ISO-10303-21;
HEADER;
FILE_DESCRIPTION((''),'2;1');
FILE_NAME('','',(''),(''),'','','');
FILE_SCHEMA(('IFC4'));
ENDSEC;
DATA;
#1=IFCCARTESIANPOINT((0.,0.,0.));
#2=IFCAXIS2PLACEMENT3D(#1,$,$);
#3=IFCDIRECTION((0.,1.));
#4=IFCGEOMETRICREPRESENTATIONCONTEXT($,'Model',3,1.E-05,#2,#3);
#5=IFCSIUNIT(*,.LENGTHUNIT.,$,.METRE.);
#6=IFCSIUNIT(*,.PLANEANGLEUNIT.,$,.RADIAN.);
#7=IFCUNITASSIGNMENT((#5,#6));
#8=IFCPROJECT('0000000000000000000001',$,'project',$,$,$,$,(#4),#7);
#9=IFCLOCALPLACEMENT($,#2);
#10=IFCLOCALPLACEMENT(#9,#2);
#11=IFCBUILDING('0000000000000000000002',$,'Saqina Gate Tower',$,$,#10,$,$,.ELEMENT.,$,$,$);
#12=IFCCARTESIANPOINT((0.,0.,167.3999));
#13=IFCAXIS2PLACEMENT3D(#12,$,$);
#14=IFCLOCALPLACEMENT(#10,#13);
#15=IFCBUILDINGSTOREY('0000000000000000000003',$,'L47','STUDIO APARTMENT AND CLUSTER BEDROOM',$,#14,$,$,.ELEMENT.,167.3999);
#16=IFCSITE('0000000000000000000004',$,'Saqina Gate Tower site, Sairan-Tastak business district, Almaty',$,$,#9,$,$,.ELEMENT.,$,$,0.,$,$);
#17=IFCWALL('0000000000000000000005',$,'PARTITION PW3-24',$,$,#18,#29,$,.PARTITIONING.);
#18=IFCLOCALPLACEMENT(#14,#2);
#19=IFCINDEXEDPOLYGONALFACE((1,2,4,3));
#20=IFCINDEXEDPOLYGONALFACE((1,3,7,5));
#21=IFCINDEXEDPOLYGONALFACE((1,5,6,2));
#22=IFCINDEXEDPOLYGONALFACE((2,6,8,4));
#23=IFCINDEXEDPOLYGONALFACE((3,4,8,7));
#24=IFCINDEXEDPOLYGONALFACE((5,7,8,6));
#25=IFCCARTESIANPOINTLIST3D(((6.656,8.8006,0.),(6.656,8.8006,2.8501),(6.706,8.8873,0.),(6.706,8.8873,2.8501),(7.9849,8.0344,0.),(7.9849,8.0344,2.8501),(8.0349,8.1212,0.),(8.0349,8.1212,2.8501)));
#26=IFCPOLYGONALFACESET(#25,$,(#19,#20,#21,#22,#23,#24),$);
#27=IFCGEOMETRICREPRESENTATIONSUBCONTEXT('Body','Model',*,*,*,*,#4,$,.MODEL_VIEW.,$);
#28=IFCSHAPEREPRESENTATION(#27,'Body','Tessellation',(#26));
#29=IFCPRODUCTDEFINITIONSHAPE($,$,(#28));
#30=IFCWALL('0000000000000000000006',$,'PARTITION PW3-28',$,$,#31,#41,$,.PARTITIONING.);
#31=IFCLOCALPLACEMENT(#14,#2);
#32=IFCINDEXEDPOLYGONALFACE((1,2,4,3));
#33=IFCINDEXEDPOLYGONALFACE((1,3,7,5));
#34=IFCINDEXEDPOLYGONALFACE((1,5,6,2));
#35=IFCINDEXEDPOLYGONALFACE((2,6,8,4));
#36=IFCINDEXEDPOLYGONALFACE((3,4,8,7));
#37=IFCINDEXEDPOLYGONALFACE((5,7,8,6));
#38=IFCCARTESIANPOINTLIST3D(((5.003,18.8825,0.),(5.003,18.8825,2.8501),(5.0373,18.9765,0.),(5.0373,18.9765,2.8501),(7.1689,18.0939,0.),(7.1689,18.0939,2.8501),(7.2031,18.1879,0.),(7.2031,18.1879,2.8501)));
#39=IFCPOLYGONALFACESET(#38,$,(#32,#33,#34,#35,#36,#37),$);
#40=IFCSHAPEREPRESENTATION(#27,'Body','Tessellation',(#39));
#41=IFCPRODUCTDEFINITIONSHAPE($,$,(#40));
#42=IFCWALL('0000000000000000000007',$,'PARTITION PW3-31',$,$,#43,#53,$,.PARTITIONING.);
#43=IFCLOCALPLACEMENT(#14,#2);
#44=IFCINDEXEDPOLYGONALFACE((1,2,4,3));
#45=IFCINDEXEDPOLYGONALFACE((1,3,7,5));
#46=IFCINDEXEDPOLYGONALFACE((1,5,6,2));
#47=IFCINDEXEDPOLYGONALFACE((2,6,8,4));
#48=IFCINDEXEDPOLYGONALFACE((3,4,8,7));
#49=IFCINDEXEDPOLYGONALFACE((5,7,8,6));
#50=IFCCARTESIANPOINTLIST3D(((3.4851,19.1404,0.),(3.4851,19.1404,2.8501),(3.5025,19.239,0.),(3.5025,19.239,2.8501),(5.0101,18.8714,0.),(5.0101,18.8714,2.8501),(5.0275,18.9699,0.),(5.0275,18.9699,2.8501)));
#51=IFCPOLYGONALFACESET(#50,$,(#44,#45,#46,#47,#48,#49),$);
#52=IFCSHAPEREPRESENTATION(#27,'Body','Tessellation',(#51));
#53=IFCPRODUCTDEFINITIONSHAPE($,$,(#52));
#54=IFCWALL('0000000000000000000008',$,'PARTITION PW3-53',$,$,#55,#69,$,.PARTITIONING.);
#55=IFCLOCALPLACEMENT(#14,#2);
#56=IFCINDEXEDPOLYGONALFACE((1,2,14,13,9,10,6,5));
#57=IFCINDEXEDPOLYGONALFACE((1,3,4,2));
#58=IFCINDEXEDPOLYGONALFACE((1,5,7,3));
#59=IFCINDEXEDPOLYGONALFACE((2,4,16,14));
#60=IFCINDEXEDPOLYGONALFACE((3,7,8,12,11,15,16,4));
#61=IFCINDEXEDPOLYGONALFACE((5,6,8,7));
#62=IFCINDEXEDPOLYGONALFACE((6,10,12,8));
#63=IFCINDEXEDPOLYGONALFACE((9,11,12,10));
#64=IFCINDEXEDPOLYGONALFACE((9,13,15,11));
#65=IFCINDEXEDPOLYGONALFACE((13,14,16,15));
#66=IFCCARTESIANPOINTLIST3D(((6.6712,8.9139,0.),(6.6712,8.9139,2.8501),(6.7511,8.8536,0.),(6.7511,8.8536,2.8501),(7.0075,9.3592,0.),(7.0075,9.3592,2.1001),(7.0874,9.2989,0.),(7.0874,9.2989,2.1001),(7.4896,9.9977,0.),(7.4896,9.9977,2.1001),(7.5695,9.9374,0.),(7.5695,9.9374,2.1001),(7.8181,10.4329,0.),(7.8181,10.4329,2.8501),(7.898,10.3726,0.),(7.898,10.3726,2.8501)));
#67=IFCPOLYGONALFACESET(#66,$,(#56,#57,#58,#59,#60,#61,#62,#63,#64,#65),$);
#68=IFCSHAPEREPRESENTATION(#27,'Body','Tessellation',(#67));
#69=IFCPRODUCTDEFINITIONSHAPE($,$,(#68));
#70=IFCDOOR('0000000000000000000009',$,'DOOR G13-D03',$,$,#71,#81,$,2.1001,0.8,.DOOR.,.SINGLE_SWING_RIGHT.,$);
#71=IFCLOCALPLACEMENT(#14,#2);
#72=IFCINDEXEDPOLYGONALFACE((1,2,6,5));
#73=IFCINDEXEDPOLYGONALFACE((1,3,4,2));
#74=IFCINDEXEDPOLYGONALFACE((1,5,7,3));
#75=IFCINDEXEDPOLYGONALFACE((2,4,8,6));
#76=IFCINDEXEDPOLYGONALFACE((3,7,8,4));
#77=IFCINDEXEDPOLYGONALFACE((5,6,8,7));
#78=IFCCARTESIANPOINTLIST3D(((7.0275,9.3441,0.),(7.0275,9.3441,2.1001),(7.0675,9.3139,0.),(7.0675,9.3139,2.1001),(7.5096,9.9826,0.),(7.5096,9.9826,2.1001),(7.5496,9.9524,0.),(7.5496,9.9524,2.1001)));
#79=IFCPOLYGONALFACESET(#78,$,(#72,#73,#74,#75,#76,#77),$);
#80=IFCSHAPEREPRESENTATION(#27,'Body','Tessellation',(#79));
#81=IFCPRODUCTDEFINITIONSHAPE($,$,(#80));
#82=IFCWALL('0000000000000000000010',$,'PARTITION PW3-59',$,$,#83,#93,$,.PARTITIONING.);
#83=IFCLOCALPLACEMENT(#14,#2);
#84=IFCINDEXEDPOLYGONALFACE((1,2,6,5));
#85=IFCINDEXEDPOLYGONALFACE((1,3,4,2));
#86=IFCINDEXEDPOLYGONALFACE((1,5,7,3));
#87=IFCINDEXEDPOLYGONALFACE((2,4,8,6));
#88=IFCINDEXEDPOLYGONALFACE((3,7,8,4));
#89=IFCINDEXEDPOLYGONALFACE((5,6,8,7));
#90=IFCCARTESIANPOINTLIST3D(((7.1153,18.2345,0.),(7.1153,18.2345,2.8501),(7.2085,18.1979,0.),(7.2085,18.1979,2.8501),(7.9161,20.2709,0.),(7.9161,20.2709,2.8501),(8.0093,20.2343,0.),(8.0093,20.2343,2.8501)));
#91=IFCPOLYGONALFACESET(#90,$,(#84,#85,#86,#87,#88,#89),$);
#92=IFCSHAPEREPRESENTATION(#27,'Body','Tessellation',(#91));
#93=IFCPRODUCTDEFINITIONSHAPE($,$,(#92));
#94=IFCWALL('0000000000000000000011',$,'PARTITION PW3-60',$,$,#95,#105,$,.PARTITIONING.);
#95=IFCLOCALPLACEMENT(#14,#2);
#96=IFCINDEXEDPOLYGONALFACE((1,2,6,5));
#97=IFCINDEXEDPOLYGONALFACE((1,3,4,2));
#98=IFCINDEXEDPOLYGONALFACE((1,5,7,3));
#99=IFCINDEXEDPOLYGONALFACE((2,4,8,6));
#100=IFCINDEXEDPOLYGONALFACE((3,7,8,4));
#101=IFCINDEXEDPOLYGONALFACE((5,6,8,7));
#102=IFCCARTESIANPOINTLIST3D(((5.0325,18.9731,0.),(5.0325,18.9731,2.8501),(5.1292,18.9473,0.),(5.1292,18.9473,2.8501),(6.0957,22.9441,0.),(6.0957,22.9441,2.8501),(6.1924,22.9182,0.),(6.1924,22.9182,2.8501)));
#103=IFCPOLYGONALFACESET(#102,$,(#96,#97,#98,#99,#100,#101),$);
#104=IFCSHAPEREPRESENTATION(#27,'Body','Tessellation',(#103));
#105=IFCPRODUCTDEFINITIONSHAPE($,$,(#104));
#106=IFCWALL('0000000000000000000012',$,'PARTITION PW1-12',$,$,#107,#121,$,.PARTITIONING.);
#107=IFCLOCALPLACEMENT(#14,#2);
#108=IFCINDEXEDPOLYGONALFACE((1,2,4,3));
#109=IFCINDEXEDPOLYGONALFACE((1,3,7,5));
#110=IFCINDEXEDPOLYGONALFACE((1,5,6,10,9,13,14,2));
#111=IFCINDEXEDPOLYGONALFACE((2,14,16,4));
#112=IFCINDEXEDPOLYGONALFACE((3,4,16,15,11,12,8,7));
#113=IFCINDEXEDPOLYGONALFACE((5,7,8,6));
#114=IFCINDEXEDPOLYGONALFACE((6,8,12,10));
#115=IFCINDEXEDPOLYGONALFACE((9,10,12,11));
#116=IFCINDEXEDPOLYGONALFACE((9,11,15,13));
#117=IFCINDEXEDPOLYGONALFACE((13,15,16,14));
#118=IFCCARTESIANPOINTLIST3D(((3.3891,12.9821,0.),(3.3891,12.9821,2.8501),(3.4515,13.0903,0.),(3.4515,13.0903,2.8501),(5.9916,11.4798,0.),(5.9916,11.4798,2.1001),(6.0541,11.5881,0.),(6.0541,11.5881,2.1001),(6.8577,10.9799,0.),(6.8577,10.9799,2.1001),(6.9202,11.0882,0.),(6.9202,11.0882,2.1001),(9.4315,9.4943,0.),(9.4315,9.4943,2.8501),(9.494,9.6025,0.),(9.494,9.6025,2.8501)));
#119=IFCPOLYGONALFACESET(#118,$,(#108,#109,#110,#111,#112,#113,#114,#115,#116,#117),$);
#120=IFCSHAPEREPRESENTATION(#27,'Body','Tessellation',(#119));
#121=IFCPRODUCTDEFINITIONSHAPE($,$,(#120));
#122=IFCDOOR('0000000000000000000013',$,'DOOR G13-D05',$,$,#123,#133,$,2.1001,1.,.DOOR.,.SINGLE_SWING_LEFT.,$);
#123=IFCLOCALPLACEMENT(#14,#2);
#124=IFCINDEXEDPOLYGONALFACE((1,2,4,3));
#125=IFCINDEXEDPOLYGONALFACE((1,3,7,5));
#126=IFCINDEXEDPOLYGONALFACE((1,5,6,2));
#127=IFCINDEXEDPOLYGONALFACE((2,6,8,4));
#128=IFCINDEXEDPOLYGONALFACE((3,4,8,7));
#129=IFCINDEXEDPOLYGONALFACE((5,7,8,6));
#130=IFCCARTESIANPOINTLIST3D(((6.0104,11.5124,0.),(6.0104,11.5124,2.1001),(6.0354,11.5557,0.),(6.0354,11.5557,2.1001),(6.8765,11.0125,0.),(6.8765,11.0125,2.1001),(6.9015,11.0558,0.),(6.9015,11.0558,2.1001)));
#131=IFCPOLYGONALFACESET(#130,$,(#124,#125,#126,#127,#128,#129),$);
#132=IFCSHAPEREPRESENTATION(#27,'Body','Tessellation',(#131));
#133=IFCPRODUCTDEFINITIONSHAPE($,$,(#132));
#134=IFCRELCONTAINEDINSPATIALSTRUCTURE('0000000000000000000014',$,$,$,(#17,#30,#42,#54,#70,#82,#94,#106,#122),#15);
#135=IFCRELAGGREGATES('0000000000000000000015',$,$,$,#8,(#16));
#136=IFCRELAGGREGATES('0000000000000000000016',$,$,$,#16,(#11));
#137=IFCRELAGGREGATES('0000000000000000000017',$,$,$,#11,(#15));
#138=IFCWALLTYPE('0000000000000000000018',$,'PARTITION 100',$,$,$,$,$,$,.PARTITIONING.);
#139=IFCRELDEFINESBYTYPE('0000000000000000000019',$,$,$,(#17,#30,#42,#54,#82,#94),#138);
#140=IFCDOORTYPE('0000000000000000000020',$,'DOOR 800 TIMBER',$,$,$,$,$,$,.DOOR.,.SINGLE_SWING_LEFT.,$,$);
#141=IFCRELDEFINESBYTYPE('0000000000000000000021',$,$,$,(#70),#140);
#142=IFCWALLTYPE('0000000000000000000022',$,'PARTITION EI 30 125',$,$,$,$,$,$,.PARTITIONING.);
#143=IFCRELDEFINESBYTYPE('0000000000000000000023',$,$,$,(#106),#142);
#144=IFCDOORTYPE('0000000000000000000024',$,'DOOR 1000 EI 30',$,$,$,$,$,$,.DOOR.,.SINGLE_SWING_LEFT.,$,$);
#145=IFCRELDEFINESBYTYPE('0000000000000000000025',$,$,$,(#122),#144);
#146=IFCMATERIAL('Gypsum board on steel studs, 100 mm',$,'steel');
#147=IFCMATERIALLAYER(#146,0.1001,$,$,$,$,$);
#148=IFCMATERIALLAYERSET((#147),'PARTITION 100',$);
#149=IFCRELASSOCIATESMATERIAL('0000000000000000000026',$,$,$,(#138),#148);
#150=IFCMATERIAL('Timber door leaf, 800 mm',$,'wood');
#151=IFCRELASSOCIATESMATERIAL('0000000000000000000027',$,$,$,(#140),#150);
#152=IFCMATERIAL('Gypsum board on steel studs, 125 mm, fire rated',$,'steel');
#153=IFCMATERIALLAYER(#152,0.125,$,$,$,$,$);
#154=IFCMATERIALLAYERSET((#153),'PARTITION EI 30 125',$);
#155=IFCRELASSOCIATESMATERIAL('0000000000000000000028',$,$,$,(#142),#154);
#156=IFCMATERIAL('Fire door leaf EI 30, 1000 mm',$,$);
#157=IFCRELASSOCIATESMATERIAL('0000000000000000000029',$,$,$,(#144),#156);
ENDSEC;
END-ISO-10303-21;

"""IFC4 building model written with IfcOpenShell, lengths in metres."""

from ifc_helpers import new_model, si_unit, direction, frame, frame_2d, origin, place, context, subcontext, project, spatial, rectangle, extrude, material, layer, layer_set, type_object, element, fill, save


model = new_model("IFC4")

# Units and contexts
model_context = context("Model", 3, precision=1e-05, world=origin(), true_north=direction((0.0, 1.0)))
body_context = subcontext(model_context, "Body", "Model", "MODEL_VIEW")
ifc_project = project(units=[si_unit("LENGTHUNIT", "METRE"), si_unit("PLANEANGLEUNIT", "RADIAN")], contexts=[model_context])

# Site, building, storey
site_placement = place(None, origin())
site = spatial("IfcSite", under=ifc_project, at=site_placement, Name="Saqina Gate Tower site, Sairan-Tastak business district, Almaty", CompositionType="ELEMENT", RefElevation=0.0)
building_placement = place(site_placement, origin())
building = spatial("IfcBuilding", under=site, at=building_placement, Name="Saqina Gate Tower", CompositionType="ELEMENT")
storey_placement = place(building_placement, frame((0.0, 0.0, 167.3999)))
storey = spatial("IfcBuildingStorey", under=building, at=storey_placement, Name="L47", Description="STUDIO APARTMENT AND CLUSTER BEDROOM", CompositionType="ELEMENT", Elevation=167.3999)

# Walls
ifc_material_1 = material(Name="Gypsum board on steel studs, 100 mm", Category="steel")
ifc_layer_1 = layer(ifc_material_1, 0.1001)
ifc_layer_set_1 = layer_set([ifc_layer_1], Name="PARTITION 100")
wall_type_1 = type_object("IfcWallType", Name="PARTITION 100", PredefinedType="PARTITIONING", material=ifc_layer_set_1)
wall_1_placement = place(storey_placement, frame((6.6809, 8.844, 0.0), z_axis=(0.0, 0.0, 1.0), x_axis=(0.866337, -0.499461, 0.0)))
element("IfcWall", 1, at=wall_1_placement, inside=storey, type_object=wall_type_1, Name="PARTITION PW3-24", PredefinedType="PARTITIONING", context=body_context, shape_type="SweptSolid", body=[
    extrude(rectangle(XDim=1.5339, YDim=0.1001, at=frame_2d((0.7671, 0.0))), origin(), (0.0, 0.0, 1.0), 2.8501),
])
wall_2_placement = place(storey_placement, frame((5.0203, 18.9294, 0.0), z_axis=(0.0, 0.0, 1.0), x_axis=(0.939651, -0.342134, 0.0)))
element("IfcWall", 2, at=wall_2_placement, inside=storey, type_object=wall_type_1, Name="PARTITION PW3-28", PredefinedType="PARTITIONING", context=body_context, shape_type="SweptSolid", body=[
    extrude(rectangle(XDim=2.3049, YDim=0.1001, at=frame_2d((1.1523, 0.0))), origin(), (0.0, 0.0, 1.0), 2.8501),
])
wall_3_placement = place(storey_placement, frame((3.4937, 19.1897, 0.0), z_axis=(0.0, 0.0, 1.0), x_axis=(0.984795, -0.173722, 0.0)))
element("IfcWall", 3, at=wall_3_placement, inside=storey, type_object=wall_type_1, Name="PARTITION PW3-31", PredefinedType="PARTITIONING", context=body_context, shape_type="SweptSolid", body=[
    extrude(rectangle(XDim=1.5486, YDim=0.1001, at=frame_2d((0.7744, 0.0))), origin(), (0.0, 0.0, 1.0), 2.8501),
])

# Wall, opening, door
wall_4_placement = place(storey_placement, frame((6.7112, 8.8838, 0.0), z_axis=(0.0, 0.0, 1.0), x_axis=(0.602583, 0.798056, 0.0)))
wall_4 = element("IfcWall", 4, at=wall_4_placement, inside=storey, type_object=wall_type_1, Name="PARTITION PW3-53", PredefinedType="PARTITIONING", context=body_context, shape_type="SweptSolid", body=[
    extrude(rectangle(XDim=1.9033, YDim=0.1001, at=frame_2d((0.9517, 0.0))), origin(), (0.0, 0.0, 1.0), 2.8501),
])
opening_1_placement = place(wall_4_placement, frame((0.5581, 0.0, 0.0)))
opening_1 = element("IfcOpeningElement", 5, at=opening_1_placement, cuts=wall_4, PredefinedType="OPENING", context=body_context, shape_type="SweptSolid", body=[
    extrude(rectangle(XDim=0.8, YDim=2.1001, at=frame_2d((0.3999, 1.05))), frame((0.0, 0.062, 0.0), z_axis=(0.0, -1.0, 0.0), x_axis=(1.0, 0.0, 0.0)), (0.0, 0.0, 1.0), 0.124),
])
ifc_material_2 = material(Name="Timber door leaf, 800 mm", Category="wood")
door_type_1 = type_object("IfcDoorType", Name="DOOR 800 TIMBER", OperationType="SINGLE_SWING_LEFT", PredefinedType="DOOR", material=ifc_material_2)
door_1_placement = place(opening_1_placement, origin())
door_1 = element("IfcDoor", 6, at=door_1_placement, inside=storey, type_object=door_type_1, Name="DOOR G13-D03", OperationType="SINGLE_SWING_RIGHT", OverallHeight=2.1001, OverallWidth=0.8, PredefinedType="DOOR", context=body_context, shape_type="SweptSolid", body=[
    extrude(rectangle(XDim=0.8, YDim=2.1001, at=frame_2d((0.3999, 1.05))), frame((0.0, 0.0249, 0.0), z_axis=(0.0, -1.0, 0.0), x_axis=(1.0, 0.0, 0.0)), (0.0, 0.0, 1.0), 0.05),
])
fill(opening_1, door_1)

# Walls
wall_5_placement = place(storey_placement, frame((7.1619, 18.2161, 0.0), z_axis=(0.0, 0.0, 1.0), x_axis=(0.36596, 0.930631, 0.0)))
element("IfcWall", 7, at=wall_5_placement, inside=storey, type_object=wall_type_1, Name="PARTITION PW3-59", PredefinedType="PARTITIONING", context=body_context, shape_type="SweptSolid", body=[
    extrude(rectangle(XDim=2.1882, YDim=0.1001, at=frame_2d((1.0942, 0.0))), origin(), (0.0, 0.0, 1.0), 2.8501),
])
wall_6_placement = place(storey_placement, frame((5.0808, 18.9602, 0.0), z_axis=(0.0, 0.0, 1.0), x_axis=(0.258642, 0.965973, 0.0)))
element("IfcWall", 8, at=wall_6_placement, inside=storey, type_object=wall_type_1, Name="PARTITION PW3-60", PredefinedType="PARTITIONING", context=body_context, shape_type="SweptSolid", body=[
    extrude(rectangle(XDim=4.1108, YDim=0.1001, at=frame_2d((2.0554, 0.0))), origin(), (0.0, 0.0, 1.0), 2.8501),
])

# Wall, opening, door
ifc_material_3 = material(Name="Gypsum board on steel studs, 125 mm, fire rated", Category="steel")
ifc_layer_2 = layer(ifc_material_3, 0.125)
ifc_layer_set_2 = layer_set([ifc_layer_2], Name="PARTITION EI 30 125")
wall_type_2 = type_object("IfcWallType", Name="PARTITION EI 30 125", PredefinedType="PARTITIONING", material=ifc_layer_set_2)
wall_7_placement = place(storey_placement, frame((3.4204, 13.0361, 0.0), z_axis=(0.0, 0.0, 1.0), x_axis=(0.866077, -0.49991, 0.0)))
wall_7 = element("IfcWall", 9, at=wall_7_placement, inside=storey, type_object=wall_type_2, Name="PARTITION PW1-12", PredefinedType="PARTITIONING", context=body_context, shape_type="SweptSolid", body=[
    extrude(rectangle(XDim=6.9768, YDim=0.125, at=frame_2d((3.4883, 0.0))), origin(), (0.0, 0.0, 1.0), 2.8501),
])
opening_2_placement = place(wall_7_placement, frame((3.0049, 0.0, 0.0)))
opening_2 = element("IfcOpeningElement", 10, at=opening_2_placement, cuts=wall_7, PredefinedType="OPENING", context=body_context, shape_type="SweptSolid", body=[
    extrude(rectangle(XDim=1.0, YDim=2.1001, at=frame_2d((0.5, 1.05))), frame((0.0, 0.0745, 0.0), z_axis=(0.0, -1.0, 0.0), x_axis=(1.0, 0.0, 0.0)), (0.0, 0.0, 1.0), 0.1489),
])
ifc_material_4 = material(Name="Fire door leaf EI 30, 1000 mm")
door_type_2 = type_object("IfcDoorType", Name="DOOR 1000 EI 30", OperationType="SINGLE_SWING_LEFT", PredefinedType="DOOR", material=ifc_material_4)
door_2_placement = place(opening_2_placement, frame((1.0, 0.0, 0.0), z_axis=(0.0, 0.0, 1.0), x_axis=(-1.0, 0.0, 0.0)))
door_2 = element("IfcDoor", 11, at=door_2_placement, inside=storey, type_object=door_type_2, Name="DOOR G13-D05", OperationType="SINGLE_SWING_LEFT", OverallHeight=2.1001, OverallWidth=1.0, PredefinedType="DOOR", context=body_context, shape_type="SweptSolid", body=[
    extrude(rectangle(XDim=1.0, YDim=2.1001, at=frame_2d((0.5, 1.05))), frame((0.0, 0.0249, 0.0), z_axis=(0.0, -1.0, 0.0), x_axis=(1.0, 0.0, 0.0)), (0.0, 0.0, 1.0), 0.05),
])
fill(opening_2, door_2)

save(model, "model.ifc")
